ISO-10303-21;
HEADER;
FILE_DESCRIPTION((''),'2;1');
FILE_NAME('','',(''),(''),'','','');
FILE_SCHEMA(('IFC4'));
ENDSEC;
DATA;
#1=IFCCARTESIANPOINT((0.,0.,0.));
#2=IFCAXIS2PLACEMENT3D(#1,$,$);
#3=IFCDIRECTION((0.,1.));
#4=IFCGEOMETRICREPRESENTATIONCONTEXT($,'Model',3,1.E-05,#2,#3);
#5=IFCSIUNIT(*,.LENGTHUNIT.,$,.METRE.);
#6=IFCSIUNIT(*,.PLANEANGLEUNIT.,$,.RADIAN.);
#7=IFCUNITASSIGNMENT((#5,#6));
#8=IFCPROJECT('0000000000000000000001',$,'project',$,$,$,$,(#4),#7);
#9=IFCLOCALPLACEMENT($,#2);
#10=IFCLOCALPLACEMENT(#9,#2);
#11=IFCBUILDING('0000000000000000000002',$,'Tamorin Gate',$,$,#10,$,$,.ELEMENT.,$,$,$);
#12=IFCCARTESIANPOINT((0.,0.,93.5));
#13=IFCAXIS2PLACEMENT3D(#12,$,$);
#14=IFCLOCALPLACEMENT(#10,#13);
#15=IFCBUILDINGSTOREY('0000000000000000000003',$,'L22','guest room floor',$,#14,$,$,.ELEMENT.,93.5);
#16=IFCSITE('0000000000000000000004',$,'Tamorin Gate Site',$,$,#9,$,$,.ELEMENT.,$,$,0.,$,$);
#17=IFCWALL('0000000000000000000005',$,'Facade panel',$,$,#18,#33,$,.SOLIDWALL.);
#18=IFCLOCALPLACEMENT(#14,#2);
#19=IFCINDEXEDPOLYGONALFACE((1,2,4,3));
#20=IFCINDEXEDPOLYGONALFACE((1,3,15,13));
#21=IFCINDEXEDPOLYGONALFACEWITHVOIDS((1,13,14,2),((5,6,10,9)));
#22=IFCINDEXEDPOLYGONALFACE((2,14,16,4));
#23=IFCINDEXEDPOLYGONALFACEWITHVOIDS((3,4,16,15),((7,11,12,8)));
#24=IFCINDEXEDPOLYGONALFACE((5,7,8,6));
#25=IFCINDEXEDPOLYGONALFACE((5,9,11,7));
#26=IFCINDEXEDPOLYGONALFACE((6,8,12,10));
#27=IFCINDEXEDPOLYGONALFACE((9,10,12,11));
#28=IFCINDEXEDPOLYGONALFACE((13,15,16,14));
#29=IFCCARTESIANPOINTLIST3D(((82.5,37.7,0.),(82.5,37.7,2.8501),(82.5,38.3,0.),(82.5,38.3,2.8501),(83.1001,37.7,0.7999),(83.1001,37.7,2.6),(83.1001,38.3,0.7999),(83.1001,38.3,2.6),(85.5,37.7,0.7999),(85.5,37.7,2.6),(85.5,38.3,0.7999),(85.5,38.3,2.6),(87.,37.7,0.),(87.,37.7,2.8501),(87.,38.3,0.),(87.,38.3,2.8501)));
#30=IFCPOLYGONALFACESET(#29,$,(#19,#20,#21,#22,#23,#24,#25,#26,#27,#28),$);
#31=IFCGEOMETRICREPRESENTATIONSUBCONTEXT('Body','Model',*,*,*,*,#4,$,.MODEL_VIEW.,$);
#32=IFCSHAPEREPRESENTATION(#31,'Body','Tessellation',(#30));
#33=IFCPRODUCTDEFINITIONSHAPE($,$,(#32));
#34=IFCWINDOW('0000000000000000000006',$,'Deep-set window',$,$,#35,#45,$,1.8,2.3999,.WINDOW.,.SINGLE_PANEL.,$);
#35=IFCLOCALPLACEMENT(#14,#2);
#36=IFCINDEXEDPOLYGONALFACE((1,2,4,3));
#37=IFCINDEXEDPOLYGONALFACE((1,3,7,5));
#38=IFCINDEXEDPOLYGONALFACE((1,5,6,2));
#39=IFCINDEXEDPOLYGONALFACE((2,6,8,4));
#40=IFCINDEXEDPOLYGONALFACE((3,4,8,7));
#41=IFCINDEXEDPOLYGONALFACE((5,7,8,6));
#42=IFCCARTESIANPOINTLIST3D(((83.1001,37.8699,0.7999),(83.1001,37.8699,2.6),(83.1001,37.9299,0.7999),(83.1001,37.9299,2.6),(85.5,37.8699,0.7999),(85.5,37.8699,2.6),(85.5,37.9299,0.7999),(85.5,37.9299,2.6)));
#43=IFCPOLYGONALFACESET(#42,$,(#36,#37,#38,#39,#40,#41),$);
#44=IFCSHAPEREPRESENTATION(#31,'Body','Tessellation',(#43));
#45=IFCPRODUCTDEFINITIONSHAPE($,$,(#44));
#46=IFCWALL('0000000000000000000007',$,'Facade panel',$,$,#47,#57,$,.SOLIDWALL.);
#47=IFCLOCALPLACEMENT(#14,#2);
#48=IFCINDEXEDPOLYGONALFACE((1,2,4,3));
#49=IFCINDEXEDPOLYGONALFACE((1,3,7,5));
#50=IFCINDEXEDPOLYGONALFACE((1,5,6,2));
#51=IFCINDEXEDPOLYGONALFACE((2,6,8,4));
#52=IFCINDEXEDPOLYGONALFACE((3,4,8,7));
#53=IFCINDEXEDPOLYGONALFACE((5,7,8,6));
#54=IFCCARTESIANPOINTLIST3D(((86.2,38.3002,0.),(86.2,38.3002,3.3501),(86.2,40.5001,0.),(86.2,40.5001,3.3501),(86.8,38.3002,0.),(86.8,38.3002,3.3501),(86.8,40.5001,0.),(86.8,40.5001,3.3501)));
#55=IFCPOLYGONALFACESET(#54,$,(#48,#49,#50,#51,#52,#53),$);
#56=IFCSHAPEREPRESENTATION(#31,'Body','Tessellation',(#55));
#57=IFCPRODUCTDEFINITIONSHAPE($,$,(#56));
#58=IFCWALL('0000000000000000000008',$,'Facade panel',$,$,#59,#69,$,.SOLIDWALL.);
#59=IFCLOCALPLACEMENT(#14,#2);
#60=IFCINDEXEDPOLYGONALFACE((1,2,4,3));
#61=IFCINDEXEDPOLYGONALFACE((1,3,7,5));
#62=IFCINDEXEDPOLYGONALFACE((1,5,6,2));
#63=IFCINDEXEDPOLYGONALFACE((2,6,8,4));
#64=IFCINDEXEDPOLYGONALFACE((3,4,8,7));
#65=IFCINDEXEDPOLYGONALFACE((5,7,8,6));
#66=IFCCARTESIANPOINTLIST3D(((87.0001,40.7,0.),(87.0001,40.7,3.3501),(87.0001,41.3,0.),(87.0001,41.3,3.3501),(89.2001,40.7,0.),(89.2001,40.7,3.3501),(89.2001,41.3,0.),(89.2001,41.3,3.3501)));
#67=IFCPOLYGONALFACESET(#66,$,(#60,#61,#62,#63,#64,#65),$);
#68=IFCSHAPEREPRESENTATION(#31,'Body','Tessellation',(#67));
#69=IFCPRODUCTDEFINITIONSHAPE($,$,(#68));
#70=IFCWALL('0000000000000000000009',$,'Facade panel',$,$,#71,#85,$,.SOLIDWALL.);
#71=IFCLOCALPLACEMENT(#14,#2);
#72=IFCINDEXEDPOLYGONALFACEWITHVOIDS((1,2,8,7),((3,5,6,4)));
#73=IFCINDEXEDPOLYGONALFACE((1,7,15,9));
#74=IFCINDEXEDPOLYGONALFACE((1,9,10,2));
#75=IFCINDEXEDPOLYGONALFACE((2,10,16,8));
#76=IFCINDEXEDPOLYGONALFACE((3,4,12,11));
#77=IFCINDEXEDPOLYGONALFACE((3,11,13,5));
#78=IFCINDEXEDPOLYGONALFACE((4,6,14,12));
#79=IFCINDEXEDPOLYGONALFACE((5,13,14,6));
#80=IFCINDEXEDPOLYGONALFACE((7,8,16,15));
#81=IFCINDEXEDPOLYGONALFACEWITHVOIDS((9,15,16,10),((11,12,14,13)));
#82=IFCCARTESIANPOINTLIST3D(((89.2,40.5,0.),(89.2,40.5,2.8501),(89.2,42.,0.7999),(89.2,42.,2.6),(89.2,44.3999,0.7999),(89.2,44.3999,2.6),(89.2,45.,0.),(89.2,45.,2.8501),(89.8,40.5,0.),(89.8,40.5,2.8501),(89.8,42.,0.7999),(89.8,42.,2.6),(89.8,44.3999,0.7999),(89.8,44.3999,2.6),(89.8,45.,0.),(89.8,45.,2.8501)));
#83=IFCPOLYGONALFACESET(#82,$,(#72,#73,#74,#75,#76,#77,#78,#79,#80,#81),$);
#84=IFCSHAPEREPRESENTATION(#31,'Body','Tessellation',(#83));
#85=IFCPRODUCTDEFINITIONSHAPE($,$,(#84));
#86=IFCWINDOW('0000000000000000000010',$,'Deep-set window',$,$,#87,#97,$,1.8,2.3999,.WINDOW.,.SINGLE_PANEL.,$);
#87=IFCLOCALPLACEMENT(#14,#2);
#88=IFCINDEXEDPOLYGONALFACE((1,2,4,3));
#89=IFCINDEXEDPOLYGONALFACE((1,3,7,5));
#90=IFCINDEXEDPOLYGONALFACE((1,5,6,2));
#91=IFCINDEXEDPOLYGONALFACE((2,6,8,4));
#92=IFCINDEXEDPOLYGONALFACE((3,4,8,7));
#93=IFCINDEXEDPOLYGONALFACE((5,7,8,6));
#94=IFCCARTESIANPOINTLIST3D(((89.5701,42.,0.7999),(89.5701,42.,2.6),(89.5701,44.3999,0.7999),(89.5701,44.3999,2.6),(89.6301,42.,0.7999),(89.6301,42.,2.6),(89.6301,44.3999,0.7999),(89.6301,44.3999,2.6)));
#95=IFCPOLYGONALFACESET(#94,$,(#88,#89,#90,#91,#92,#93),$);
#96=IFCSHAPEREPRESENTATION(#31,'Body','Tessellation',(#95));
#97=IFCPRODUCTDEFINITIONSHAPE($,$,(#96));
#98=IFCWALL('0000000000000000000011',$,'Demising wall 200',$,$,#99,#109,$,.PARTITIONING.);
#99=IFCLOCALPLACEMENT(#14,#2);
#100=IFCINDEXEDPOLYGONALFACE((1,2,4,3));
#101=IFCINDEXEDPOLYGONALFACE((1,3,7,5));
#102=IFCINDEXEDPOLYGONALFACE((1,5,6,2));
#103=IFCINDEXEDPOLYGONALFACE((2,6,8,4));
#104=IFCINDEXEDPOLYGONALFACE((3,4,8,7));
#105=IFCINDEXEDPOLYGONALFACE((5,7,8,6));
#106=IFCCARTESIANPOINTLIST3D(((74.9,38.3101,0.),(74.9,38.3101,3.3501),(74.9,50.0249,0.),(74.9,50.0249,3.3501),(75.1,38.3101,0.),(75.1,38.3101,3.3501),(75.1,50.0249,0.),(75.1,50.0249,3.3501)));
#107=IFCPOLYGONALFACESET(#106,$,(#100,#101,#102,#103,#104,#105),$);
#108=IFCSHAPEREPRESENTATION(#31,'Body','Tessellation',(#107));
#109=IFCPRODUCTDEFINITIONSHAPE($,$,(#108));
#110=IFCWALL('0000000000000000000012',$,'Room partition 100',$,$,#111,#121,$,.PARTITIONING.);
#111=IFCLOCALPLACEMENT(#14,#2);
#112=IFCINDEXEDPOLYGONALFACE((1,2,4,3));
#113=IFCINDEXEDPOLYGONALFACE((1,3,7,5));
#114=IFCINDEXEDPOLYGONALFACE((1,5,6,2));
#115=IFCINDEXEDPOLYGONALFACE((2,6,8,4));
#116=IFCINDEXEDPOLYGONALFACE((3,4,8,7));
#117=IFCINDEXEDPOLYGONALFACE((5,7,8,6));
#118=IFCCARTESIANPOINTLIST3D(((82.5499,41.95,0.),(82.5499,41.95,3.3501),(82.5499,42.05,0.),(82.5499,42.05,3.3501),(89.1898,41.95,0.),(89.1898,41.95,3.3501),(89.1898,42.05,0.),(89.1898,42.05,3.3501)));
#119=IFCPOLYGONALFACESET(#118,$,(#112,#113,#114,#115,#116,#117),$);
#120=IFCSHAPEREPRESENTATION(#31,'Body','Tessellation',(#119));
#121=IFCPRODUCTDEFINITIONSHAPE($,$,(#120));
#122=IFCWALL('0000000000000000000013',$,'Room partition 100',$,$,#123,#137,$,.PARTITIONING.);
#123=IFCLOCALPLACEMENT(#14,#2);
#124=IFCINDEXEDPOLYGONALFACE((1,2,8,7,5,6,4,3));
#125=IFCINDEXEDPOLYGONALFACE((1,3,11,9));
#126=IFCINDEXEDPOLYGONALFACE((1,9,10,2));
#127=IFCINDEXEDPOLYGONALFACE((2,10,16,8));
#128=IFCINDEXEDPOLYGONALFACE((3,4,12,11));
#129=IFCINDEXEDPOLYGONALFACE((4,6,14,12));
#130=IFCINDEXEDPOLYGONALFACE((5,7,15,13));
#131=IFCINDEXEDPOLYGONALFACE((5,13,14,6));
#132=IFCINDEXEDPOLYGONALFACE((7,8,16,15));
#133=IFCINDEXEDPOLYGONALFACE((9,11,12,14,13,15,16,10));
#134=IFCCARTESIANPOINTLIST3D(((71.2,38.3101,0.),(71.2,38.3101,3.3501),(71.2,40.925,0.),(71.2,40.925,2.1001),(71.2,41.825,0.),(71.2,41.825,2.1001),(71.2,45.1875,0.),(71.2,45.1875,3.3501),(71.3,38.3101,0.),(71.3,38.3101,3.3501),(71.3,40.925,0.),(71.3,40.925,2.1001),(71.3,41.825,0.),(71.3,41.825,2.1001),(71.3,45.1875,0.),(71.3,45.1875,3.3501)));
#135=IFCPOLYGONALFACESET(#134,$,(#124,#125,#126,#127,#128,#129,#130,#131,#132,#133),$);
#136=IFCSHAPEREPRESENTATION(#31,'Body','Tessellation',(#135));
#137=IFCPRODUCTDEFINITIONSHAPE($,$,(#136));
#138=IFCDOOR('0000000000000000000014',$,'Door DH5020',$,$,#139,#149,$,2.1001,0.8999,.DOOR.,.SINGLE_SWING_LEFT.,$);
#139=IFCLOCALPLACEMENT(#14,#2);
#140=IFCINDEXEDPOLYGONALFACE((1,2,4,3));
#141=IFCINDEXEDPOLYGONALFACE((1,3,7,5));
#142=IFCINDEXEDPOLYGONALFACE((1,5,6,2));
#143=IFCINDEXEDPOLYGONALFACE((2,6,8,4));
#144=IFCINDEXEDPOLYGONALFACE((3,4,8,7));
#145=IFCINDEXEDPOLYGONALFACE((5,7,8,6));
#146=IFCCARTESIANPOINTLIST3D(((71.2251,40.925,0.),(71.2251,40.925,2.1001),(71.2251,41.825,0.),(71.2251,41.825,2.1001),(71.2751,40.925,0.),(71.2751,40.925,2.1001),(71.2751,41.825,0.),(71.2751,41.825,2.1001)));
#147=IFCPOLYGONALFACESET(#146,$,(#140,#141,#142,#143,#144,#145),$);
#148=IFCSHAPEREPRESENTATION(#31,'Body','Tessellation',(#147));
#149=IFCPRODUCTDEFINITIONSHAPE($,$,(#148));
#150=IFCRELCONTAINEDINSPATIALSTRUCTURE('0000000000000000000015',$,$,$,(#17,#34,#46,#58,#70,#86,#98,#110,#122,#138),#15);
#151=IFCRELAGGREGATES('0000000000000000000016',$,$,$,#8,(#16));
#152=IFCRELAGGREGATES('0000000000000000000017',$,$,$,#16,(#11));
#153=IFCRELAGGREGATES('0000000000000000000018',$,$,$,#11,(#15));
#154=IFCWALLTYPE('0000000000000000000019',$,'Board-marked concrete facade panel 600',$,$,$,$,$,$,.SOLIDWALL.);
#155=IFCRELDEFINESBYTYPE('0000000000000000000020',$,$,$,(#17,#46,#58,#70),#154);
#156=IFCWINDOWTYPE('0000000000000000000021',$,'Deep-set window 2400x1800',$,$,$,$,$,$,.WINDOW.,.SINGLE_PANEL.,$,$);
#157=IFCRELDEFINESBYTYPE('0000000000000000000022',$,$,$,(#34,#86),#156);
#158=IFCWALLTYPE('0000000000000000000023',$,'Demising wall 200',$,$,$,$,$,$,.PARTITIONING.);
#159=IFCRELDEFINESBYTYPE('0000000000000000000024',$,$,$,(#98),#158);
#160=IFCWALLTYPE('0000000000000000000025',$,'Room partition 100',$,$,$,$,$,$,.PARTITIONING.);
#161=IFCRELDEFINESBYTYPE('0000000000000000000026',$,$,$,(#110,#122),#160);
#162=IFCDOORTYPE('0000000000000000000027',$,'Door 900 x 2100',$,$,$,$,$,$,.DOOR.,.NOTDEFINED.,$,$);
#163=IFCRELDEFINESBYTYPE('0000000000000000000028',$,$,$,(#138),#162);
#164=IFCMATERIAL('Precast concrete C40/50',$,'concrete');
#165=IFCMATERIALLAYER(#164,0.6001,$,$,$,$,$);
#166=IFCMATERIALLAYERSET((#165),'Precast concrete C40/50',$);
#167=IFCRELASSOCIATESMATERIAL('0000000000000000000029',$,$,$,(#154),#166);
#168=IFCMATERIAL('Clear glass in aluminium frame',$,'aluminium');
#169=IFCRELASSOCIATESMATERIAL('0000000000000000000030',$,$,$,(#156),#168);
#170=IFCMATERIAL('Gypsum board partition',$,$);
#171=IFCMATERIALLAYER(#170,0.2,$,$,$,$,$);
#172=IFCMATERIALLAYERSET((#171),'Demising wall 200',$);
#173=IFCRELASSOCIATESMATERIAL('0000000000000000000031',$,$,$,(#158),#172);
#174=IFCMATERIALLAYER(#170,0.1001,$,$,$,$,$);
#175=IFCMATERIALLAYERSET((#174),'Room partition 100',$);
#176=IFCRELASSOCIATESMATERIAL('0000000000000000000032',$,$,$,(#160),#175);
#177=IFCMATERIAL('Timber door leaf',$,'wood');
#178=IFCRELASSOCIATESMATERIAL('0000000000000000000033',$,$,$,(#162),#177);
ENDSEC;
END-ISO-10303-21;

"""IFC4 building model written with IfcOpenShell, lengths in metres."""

from ifc_helpers import new_model, si_unit, direction, frame, frame_2d, origin, place, context, subcontext, project, spatial, rectangle, extrude, material, layer, layer_set, type_object, element, fill, save


model = new_model("IFC4")

# Units and contexts
model_context = context("Model", 3, precision=1e-05, world=origin(), true_north=direction((0.0, 1.0)))
body_context = subcontext(model_context, "Body", "Model", "MODEL_VIEW")
ifc_project = project(units=[si_unit("LENGTHUNIT", "METRE"), si_unit("PLANEANGLEUNIT", "RADIAN")], contexts=[model_context])

# Site, building, storey
site_placement = place(None, origin())
site = spatial("IfcSite", under=ifc_project, at=site_placement, Name="Tamorin Gate Site", CompositionType="ELEMENT", RefElevation=0.0)
building_placement = place(site_placement, origin())
building = spatial("IfcBuilding", under=site, at=building_placement, Name="Tamorin Gate", CompositionType="ELEMENT")
storey_placement = place(building_placement, frame((0.0, 0.0, 93.5)))
storey = spatial("IfcBuildingStorey", under=building, at=storey_placement, Name="L22", Description="guest room floor", CompositionType="ELEMENT", Elevation=93.5)

# Shared definitions
ifc_material_1 = material(Name="Precast concrete C40/50", Category="concrete")
ifc_layer_1 = layer(ifc_material_1, 0.6001)
ifc_layer_set_1 = layer_set([ifc_layer_1], Name="Precast concrete C40/50")
wall_type_1 = type_object("IfcWallType", Name="Board-marked concrete facade panel 600", PredefinedType="SOLIDWALL", material=ifc_layer_set_1)
ifc_material_2 = material(Name="Clear glass in aluminium frame", Category="aluminium")
window_type = type_object("IfcWindowType", Name="Deep-set window 2400x1800", PartitioningType="SINGLE_PANEL", PredefinedType="WINDOW", material=ifc_material_2)

# Wall, opening, window
wall_1_placement = place(storey_placement, frame((82.5, 38.0, 0.0), z_axis=(0.0, 0.0, 1.0), x_axis=(1.0, 0.0, 0.0)))
wall_1 = element("IfcWall", 1, at=wall_1_placement, inside=storey, type_object=wall_type_1, Name="Facade panel", PredefinedType="SOLIDWALL", context=body_context, shape_type="SweptSolid", body=[
    extrude(rectangle(XDim=4.5, YDim=0.6001, at=frame_2d((2.25, 0.0))), origin(), (0.0, 0.0, 1.0), 2.8501),
])
opening_1_placement = place(wall_1_placement, frame((0.6001, 0.0, 0.8)))
opening_1 = element("IfcOpeningElement", 2, at=opening_1_placement, cuts=wall_1, PredefinedType="OPENING", context=body_context, shape_type="SweptSolid", body=[
    extrude(rectangle(XDim=2.3999, YDim=1.8, at=frame_2d((1.2, 0.8999))), frame((0.0, 0.3101, 0.0), z_axis=(0.0, -1.0, 0.0), x_axis=(1.0, 0.0, 0.0)), (0.0, 0.0, 1.0), 0.6201),
])
window_1_placement = place(opening_1_placement, origin())
window_1 = element("IfcWindow", 3, at=window_1_placement, inside=storey, type_object=window_type, Name="Deep-set window", OverallHeight=1.8, OverallWidth=2.3999, PartitioningType="SINGLE_PANEL", PredefinedType="WINDOW", context=body_context, shape_type="SweptSolid", body=[
    extrude(rectangle(XDim=2.3999, YDim=1.8, at=frame_2d((1.2, 0.8999))), frame((0.0, -0.0701, 0.0), z_axis=(0.0, -1.0, 0.0), x_axis=(1.0, 0.0, 0.0)), (0.0, 0.0, 1.0), 0.0601),
])
fill(opening_1, window_1)

# Walls
for number, where, z_axis, x_axis, name in (
    (4, (86.5, 38.3, 0.0), (0.0, 0.0, 1.0), (0.0, 1.0, 0.0), "Facade panel"),
    (5, (87.0, 41.0, 0.0), (0.0, 0.0, 1.0), (1.0, 0.0, 0.0), "Facade panel"),
):
    element("IfcWall", number, at=place(storey_placement, frame(where, z_axis=z_axis, x_axis=x_axis)), inside=storey, type_object=wall_type_1, Name=name, PredefinedType="SOLIDWALL", context=body_context, shape_type="SweptSolid", body=[
        extrude(rectangle(XDim=2.2, YDim=0.6001, at=frame_2d((1.1001, 0.0))), origin(), (0.0, 0.0, 1.0), 3.3501),
    ])

# Wall, opening, window
wall_2_placement = place(storey_placement, frame((89.5, 40.5, 0.0), z_axis=(0.0, 0.0, 1.0), x_axis=(0.0, 1.0, 0.0)))
wall_2 = element("IfcWall", 6, at=wall_2_placement, inside=storey, type_object=wall_type_1, Name="Facade panel", PredefinedType="SOLIDWALL", context=body_context, shape_type="SweptSolid", body=[
    extrude(rectangle(XDim=4.5, YDim=0.6001, at=frame_2d((2.25, 0.0))), origin(), (0.0, 0.0, 1.0), 2.8501),
])
opening_2_placement = place(wall_2_placement, frame((1.5, 0.0, 0.8)))
opening_2 = element("IfcOpeningElement", 7, at=opening_2_placement, cuts=wall_2, PredefinedType="OPENING", context=body_context, shape_type="SweptSolid", body=[
    extrude(rectangle(XDim=2.3999, YDim=1.8, at=frame_2d((1.2, 0.8999))), frame((0.0, 0.3101, 0.0), z_axis=(0.0, -1.0, 0.0), x_axis=(1.0, 0.0, 0.0)), (0.0, 0.0, 1.0), 0.6201),
])
window_2_placement = place(opening_2_placement, origin())
window_2 = element("IfcWindow", 8, at=window_2_placement, inside=storey, type_object=window_type, Name="Deep-set window", OverallHeight=1.8, OverallWidth=2.3999, PartitioningType="SINGLE_PANEL", PredefinedType="WINDOW", context=body_context, shape_type="SweptSolid", body=[
    extrude(rectangle(XDim=2.3999, YDim=1.8, at=frame_2d((1.2, 0.8999))), frame((0.0, -0.0701, 0.0), z_axis=(0.0, -1.0, 0.0), x_axis=(1.0, 0.0, 0.0)), (0.0, 0.0, 1.0), 0.0601),
])
fill(opening_2, window_2)

# Walls
ifc_material_3 = material(Name="Gypsum board partition")
ifc_layer_2 = layer(ifc_material_3, 0.2)
ifc_layer_set_2 = layer_set([ifc_layer_2], Name="Demising wall 200")
wall_type_2 = type_object("IfcWallType", Name="Demising wall 200", PredefinedType="PARTITIONING", material=ifc_layer_set_2)
wall_3_placement = place(storey_placement, frame((75.0, 38.3101, 0.0), z_axis=(0.0, 0.0, 1.0), x_axis=(0.0, 1.0, 0.0)))
element("IfcWall", 9, at=wall_3_placement, inside=storey, type_object=wall_type_2, Name="Demising wall 200", PredefinedType="PARTITIONING", context=body_context, shape_type="SweptSolid", body=[
    extrude(rectangle(XDim=11.7148, YDim=0.2, at=frame_2d((5.8574, 0.0))), origin(), (0.0, 0.0, 1.0), 3.3501),
])
ifc_layer_3 = layer(ifc_material_3, 0.1001)
ifc_layer_set_3 = layer_set([ifc_layer_3], Name="Room partition 100")
wall_type_3 = type_object("IfcWallType", Name="Room partition 100", PredefinedType="PARTITIONING", material=ifc_layer_set_3)
wall_4_placement = place(storey_placement, frame((82.55, 42.0, 0.0), z_axis=(0.0, 0.0, 1.0), x_axis=(1.0, 0.0, 0.0)))
element("IfcWall", 10, at=wall_4_placement, inside=storey, type_object=wall_type_3, Name="Room partition 100", PredefinedType="PARTITIONING", context=body_context, shape_type="SweptSolid", body=[
    extrude(rectangle(XDim=6.6399, YDim=0.1001, at=frame_2d((3.3198, 0.0))), origin(), (0.0, 0.0, 1.0), 3.3501),
])

# Wall, opening, door
wall_5_placement = place(storey_placement, frame((71.25, 38.3101, 0.0), z_axis=(0.0, 0.0, 1.0), x_axis=(0.0, 1.0, 0.0)))
wall_5 = element("IfcWall", 11, at=wall_5_placement, inside=storey, type_object=wall_type_3, Name="Room partition 100", PredefinedType="PARTITIONING", context=body_context, shape_type="SweptSolid", body=[
    extrude(rectangle(XDim=6.8774, YDim=0.1001, at=frame_2d((3.4387, 0.0))), origin(), (0.0, 0.0, 1.0), 3.3501),
])
opening_3_placement = place(wall_5_placement, frame((2.615, 0.0, 0.0)))
opening_3 = element("IfcOpeningElement", 12, at=opening_3_placement, cuts=wall_5, PredefinedType="OPENING", context=body_context, shape_type="SweptSolid", body=[
    extrude(rectangle(XDim=0.8999, YDim=2.1001, at=frame_2d((0.45, 1.05))), frame((0.0, 0.0601, 0.0), z_axis=(0.0, -1.0, 0.0), x_axis=(1.0, 0.0, 0.0)), (0.0, 0.0, 1.0), 0.1201),
])
ifc_material_4 = material(Name="Timber door leaf", Category="wood")
door_type = type_object("IfcDoorType", Name="Door 900 x 2100", OperationType="NOTDEFINED", PredefinedType="DOOR", material=ifc_material_4)
door_1_placement = place(opening_3_placement, origin())
door_1 = element("IfcDoor", 13, at=door_1_placement, inside=storey, type_object=door_type, Name="Door DH5020", OperationType="SINGLE_SWING_LEFT", OverallHeight=2.1001, OverallWidth=0.8999, PredefinedType="DOOR", context=body_context, shape_type="SweptSolid", body=[
    extrude(rectangle(XDim=0.8999, YDim=2.1001, at=frame_2d((0.45, 1.05))), frame((0.0, 0.0249, 0.0), z_axis=(0.0, -1.0, 0.0), x_axis=(1.0, 0.0, 0.0)), (0.0, 0.0, 1.0), 0.05),
])
fill(opening_3, door_1)

save(model, "model.ifc")
